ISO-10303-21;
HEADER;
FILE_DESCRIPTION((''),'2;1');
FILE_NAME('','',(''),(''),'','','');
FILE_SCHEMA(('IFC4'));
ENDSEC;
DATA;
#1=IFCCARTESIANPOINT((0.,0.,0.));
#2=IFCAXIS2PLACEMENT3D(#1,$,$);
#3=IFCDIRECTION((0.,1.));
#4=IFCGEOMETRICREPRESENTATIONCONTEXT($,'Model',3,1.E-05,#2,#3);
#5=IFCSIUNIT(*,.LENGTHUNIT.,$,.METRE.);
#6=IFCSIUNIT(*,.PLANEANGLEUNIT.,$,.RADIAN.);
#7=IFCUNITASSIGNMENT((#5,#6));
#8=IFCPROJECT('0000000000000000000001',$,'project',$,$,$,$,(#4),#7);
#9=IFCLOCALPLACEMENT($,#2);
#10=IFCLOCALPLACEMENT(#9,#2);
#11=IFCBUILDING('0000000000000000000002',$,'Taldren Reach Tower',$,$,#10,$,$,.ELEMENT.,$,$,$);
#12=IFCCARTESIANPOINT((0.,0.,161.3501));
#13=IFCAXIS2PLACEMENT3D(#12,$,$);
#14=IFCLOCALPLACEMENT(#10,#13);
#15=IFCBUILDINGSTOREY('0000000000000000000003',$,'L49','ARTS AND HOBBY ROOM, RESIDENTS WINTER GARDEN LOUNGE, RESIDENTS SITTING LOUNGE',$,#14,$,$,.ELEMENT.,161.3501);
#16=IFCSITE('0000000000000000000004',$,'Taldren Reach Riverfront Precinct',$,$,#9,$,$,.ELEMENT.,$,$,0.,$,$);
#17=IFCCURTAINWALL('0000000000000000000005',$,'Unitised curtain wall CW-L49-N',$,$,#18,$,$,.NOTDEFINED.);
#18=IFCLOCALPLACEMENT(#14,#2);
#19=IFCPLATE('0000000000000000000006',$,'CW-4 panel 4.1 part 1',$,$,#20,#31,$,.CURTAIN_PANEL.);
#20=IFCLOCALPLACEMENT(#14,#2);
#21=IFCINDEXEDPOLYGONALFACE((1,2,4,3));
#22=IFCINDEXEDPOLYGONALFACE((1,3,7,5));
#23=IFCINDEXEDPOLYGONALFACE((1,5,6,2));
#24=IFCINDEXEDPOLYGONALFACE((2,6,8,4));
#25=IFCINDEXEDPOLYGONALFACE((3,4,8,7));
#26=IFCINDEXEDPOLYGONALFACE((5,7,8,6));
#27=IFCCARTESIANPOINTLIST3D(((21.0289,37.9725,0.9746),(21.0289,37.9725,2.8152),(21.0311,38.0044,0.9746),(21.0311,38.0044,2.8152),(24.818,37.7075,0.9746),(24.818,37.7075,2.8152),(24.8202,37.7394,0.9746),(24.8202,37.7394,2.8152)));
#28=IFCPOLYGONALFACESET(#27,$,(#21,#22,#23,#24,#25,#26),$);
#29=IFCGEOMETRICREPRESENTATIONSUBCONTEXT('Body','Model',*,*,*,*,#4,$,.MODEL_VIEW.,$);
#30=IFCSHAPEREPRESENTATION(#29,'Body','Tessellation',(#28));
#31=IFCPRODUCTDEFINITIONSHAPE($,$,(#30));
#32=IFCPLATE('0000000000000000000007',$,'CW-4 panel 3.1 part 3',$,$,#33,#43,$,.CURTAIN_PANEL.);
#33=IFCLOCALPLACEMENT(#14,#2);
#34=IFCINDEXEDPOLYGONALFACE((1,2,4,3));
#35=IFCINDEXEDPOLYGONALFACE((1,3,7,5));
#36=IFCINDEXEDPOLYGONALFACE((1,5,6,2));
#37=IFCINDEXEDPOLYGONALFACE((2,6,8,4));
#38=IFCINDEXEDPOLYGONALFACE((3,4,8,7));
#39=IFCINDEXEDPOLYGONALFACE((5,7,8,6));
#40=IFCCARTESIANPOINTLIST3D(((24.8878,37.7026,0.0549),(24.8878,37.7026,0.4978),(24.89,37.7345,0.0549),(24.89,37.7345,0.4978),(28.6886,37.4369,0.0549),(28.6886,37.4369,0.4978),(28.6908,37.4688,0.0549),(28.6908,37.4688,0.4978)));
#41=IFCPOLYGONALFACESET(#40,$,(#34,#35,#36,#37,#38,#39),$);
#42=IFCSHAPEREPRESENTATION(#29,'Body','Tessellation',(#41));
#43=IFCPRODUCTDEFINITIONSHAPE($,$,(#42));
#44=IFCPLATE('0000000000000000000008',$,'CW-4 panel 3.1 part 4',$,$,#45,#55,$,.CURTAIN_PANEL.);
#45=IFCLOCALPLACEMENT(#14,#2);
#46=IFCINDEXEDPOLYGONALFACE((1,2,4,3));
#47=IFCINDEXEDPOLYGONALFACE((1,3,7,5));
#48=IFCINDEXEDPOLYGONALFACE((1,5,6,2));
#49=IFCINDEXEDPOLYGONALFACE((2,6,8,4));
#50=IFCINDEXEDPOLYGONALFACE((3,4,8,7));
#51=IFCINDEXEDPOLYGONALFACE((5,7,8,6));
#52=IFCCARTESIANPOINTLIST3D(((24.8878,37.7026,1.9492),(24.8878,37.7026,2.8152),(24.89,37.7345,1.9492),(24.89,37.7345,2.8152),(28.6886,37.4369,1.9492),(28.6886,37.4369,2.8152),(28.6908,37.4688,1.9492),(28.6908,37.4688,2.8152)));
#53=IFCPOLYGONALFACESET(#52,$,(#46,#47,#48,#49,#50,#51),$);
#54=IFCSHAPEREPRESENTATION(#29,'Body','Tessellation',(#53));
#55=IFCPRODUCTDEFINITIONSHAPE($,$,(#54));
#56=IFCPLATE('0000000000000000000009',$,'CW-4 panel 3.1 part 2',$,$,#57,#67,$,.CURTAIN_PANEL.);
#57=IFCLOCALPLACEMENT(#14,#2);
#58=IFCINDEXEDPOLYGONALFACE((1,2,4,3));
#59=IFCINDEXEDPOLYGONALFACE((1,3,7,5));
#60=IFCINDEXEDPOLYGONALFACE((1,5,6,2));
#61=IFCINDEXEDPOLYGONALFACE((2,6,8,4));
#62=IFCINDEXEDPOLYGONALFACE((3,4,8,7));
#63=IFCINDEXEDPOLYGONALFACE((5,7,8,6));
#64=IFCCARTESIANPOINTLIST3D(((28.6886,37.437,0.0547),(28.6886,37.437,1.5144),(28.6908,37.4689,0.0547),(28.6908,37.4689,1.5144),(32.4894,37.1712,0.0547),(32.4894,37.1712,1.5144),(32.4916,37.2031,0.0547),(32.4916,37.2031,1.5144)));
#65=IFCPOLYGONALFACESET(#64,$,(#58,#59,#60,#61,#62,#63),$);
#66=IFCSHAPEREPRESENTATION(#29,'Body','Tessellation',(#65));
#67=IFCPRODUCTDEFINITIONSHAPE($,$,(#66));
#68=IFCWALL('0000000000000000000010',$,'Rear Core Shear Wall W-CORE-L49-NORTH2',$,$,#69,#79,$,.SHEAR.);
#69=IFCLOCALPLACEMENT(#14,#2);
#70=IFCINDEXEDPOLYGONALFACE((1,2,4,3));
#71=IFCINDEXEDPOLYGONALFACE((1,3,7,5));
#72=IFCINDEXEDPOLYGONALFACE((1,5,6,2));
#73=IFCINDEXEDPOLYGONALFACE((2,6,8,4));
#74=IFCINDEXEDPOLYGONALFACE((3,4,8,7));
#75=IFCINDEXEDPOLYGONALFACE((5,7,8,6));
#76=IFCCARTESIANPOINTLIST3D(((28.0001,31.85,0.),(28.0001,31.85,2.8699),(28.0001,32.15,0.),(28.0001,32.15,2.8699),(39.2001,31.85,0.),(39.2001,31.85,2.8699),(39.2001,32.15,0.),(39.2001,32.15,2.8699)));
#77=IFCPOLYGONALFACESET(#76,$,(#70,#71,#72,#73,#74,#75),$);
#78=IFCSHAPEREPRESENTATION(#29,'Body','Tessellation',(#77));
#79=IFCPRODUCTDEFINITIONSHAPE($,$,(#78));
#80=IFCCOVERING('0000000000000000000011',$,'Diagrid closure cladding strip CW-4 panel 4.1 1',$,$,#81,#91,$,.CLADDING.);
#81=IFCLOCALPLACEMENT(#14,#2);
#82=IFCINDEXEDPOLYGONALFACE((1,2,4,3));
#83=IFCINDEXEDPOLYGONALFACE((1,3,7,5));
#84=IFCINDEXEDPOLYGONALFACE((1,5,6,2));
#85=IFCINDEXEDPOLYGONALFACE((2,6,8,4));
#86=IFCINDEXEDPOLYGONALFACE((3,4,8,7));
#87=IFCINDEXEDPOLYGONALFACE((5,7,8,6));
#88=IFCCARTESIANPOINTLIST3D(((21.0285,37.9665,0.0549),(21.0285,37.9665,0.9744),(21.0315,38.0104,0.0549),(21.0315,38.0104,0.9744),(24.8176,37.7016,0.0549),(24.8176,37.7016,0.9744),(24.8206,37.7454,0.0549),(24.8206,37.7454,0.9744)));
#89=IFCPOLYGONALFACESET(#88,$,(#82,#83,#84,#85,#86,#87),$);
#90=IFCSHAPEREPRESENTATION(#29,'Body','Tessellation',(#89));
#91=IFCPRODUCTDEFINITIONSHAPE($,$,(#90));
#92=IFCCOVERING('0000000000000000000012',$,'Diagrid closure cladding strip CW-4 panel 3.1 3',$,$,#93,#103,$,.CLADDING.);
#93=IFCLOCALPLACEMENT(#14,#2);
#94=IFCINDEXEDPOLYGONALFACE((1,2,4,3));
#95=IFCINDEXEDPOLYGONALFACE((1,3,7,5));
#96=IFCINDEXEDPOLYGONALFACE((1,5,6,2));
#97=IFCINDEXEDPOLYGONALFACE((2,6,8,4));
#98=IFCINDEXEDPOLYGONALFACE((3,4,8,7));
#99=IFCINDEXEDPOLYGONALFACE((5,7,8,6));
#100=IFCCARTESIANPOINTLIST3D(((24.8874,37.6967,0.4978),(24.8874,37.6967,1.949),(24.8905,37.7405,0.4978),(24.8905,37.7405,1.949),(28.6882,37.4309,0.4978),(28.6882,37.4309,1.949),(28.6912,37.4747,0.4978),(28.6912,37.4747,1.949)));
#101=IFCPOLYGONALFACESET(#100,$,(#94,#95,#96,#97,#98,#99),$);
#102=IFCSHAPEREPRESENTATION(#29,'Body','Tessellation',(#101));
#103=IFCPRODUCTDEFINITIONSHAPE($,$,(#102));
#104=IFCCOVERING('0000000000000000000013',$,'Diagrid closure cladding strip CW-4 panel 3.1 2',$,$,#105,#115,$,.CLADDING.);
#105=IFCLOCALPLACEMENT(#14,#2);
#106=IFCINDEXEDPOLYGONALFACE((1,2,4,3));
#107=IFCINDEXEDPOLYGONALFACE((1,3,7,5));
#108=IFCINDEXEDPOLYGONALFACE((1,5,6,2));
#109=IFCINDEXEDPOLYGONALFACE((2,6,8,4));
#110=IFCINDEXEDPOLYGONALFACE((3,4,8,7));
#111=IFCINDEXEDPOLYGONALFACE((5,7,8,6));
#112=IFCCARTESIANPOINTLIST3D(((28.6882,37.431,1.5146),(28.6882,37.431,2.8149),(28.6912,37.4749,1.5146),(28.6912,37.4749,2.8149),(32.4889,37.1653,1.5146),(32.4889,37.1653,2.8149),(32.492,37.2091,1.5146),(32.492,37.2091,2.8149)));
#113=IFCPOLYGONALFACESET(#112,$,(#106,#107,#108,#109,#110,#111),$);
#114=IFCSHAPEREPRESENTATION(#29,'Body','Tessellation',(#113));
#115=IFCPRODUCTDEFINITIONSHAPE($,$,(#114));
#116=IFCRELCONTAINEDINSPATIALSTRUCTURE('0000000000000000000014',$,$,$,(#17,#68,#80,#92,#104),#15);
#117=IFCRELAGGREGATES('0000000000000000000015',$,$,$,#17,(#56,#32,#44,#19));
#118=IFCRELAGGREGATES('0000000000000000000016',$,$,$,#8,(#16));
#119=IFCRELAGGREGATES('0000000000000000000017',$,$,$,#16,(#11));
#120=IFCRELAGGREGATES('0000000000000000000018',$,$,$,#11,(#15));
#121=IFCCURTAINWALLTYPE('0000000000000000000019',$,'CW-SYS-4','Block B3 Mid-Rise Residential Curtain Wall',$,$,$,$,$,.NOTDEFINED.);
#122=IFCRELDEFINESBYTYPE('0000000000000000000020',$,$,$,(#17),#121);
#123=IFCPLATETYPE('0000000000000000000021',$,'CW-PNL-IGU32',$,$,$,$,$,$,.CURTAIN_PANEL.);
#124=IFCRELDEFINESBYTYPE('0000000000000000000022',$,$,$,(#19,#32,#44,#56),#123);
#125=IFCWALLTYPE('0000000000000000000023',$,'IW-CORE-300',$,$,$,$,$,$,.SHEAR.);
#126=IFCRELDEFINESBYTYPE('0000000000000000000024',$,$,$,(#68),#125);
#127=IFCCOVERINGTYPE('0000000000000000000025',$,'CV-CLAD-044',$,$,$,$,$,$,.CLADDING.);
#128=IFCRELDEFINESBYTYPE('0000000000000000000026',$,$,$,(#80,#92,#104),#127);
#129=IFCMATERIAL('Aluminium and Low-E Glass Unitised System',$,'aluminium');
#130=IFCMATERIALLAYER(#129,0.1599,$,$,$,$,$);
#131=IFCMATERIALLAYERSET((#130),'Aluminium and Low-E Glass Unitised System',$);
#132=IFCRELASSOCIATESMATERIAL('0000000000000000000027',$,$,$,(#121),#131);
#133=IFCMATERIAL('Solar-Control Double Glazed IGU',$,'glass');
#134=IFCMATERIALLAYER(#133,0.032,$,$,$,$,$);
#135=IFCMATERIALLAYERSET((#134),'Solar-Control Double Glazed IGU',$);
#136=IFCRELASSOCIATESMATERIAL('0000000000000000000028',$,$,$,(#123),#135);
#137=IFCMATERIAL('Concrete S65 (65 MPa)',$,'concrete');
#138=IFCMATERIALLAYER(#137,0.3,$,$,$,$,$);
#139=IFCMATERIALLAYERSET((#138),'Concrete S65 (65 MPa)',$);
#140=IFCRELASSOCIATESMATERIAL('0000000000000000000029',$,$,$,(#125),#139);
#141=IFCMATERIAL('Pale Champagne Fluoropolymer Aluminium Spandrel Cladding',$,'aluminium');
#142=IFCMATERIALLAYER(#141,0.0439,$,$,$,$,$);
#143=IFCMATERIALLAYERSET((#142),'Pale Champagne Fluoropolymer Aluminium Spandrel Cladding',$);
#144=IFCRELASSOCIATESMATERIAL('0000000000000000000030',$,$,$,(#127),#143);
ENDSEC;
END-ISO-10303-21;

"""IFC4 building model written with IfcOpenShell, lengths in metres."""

from ifc_helpers import new_model, si_unit, direction, frame, frame_2d, origin, origin_2d, place, context, subcontext, project, spatial, rectangle, extrude, source, transform, mapped, material, layer, layer_set, type_object, element, aggregate, save


model = new_model("IFC4")

# Units and contexts
model_context = context("Model", 3, precision=1e-05, world=origin(), true_north=direction((0.0, 1.0)))
body_context = subcontext(model_context, "Body", "Model", "MODEL_VIEW")
ifc_project = project(units=[si_unit("LENGTHUNIT", "METRE"), si_unit("PLANEANGLEUNIT", "RADIAN")], contexts=[model_context])

# Site, building, storey
site_placement = place(None, origin())
site = spatial("IfcSite", under=ifc_project, at=site_placement, Name="Taldren Reach Riverfront Precinct", CompositionType="ELEMENT", RefElevation=0.0)
building_placement = place(site_placement, origin())
building = spatial("IfcBuilding", under=site, at=building_placement, Name="Taldren Reach Tower", CompositionType="ELEMENT")
storey_placement = place(building_placement, frame((0.0, 0.0, 161.3501)))
storey = spatial("IfcBuildingStorey", under=building, at=storey_placement, Name="L49", Description="ARTS AND HOBBY ROOM, RESIDENTS WINTER GARDEN LOUNGE, RESIDENTS SITTING LOUNGE", CompositionType="ELEMENT", Elevation=161.3501)

# Curtain wall
ifc_material_1 = material(Name="Aluminium and Low-E Glass Unitised System", Category="aluminium")
ifc_layer_1 = layer(ifc_material_1, 0.1599)
ifc_layer_set_1 = layer_set([ifc_layer_1], Name="Aluminium and Low-E Glass Unitised System")
curtain_wall_type = type_object("IfcCurtainWallType", Name="CW-SYS-4", Description="Block B3 Mid-Rise Residential Curtain Wall", PredefinedType="NOTDEFINED", material=ifc_layer_set_1)
curtain_wall_placement = place(storey_placement, origin())
curtain_wall = element("IfcCurtainWall", 1, at=curtain_wall_placement, inside=storey, type_object=curtain_wall_type, Name="Unitised curtain wall CW-L49-N", PredefinedType="NOTDEFINED")

# Plates
ifc_material_2 = material(Name="Solar-Control Double Glazed IGU", Category="glass")
ifc_layer_2 = layer(ifc_material_2, 0.032)
ifc_layer_set_2 = layer_set([ifc_layer_2], Name="Solar-Control Double Glazed IGU")
plate_type_1 = type_object("IfcPlateType", Name="CW-PNL-IGU32", PredefinedType="CURTAIN_PANEL", material=ifc_layer_set_2)
shared_shape_1 = source(origin(), body_context, "Body", "SweptSolid", [
    extrude(rectangle(XDim=3.7983, YDim=0.032, at=origin_2d()), origin(), (0.0, 0.0, 1.0), 1.8406),
])
plate_1_placement = place(storey_placement, frame((22.9246, 37.856, 0.9746), z_axis=(0.0, 0.0, 1.0), x_axis=(-0.997564, 0.069757, 0.0)))
plate_1 = element("IfcPlate", 2, at=plate_1_placement, type_object=plate_type_1, Name="CW-4 panel 4.1 part 1", PredefinedType="CURTAIN_PANEL", context=body_context, shape_type="MappedRepresentation", body=[
    mapped(shared_shape_1, transform((0.0, 0.0, 0.0), scale=1.0)),
])
shared_shape_2 = source(origin(), body_context, "Body", "SweptSolid", [
    extrude(rectangle(XDim=3.8101, YDim=0.032, at=origin_2d()), origin(), (0.0, 0.0, 1.0), 0.4429),
])
plate_2_placement = place(storey_placement, frame((26.7893, 37.5857, 0.0549), z_axis=(0.0, 0.0, 1.0), x_axis=(-0.997564, 0.069757, 0.0)))
plate_2 = element("IfcPlate", 3, at=plate_2_placement, type_object=plate_type_1, Name="CW-4 panel 3.1 part 3", PredefinedType="CURTAIN_PANEL", context=body_context, shape_type="MappedRepresentation", body=[
    mapped(shared_shape_2, transform((0.0, 0.0, 0.0), scale=1.0)),
])
shared_shape_3 = source(origin(), body_context, "Body", "SweptSolid", [
    extrude(rectangle(XDim=3.8101, YDim=0.032, at=origin_2d()), origin(), (0.0, 0.0, 1.0), 0.866),
])
plate_3_placement = place(storey_placement, frame((26.7893, 37.5857, 1.9492), z_axis=(0.0, 0.0, 1.0), x_axis=(-0.997564, 0.069757, 0.0)))
plate_3 = element("IfcPlate", 4, at=plate_3_placement, type_object=plate_type_1, Name="CW-4 panel 3.1 part 4", PredefinedType="CURTAIN_PANEL", context=body_context, shape_type="MappedRepresentation", body=[
    mapped(shared_shape_3, transform((0.0, 0.0, 0.0), scale=1.0)),
])
shared_shape_4 = source(origin(), body_context, "Body", "SweptSolid", [
    extrude(rectangle(XDim=3.8101, YDim=0.032, at=origin_2d()), origin(), (0.0, 0.0, 1.0), 1.4597),
])
plate_4_placement = place(storey_placement, frame((30.5901, 37.3201, 0.0547), z_axis=(0.0, 0.0, 1.0), x_axis=(-0.997564, 0.069757, 0.0)))
plate_4 = element("IfcPlate", 5, at=plate_4_placement, type_object=plate_type_1, Name="CW-4 panel 3.1 part 2", PredefinedType="CURTAIN_PANEL", context=body_context, shape_type="MappedRepresentation", body=[
    mapped(shared_shape_4, transform((0.0, 0.0, 0.0), scale=1.0)),
])
aggregate(curtain_wall, [plate_4, plate_2, plate_3, plate_1])

# Wall
ifc_material_3 = material(Name="Concrete S65 (65 MPa)", Category="concrete")
ifc_layer_3 = layer(ifc_material_3, 0.3)
ifc_layer_set_3 = layer_set([ifc_layer_3], Name="Concrete S65 (65 MPa)")
wall_type = type_object("IfcWallType", Name="IW-CORE-300", PredefinedType="SHEAR", material=ifc_layer_set_3)
shared_shape_5 = source(origin(), body_context, "Body", "SweptSolid", [
    extrude(rectangle(XDim=11.2, YDim=0.3, at=frame_2d((5.6001, 0.0))), origin(), (0.0, 0.0, 1.0), 2.8699),
])
wall_placement = place(storey_placement, frame((28.0, 32.0, 0.0), z_axis=(0.0, 0.0, 1.0), x_axis=(1.0, 0.0, 0.0)))
element("IfcWall", 6, at=wall_placement, inside=storey, type_object=wall_type, Name="Rear Core Shear Wall W-CORE-L49-NORTH2", PredefinedType="SHEAR", context=body_context, shape_type="MappedRepresentation", body=[
    mapped(shared_shape_5, transform((0.0, 0.0, 0.0), scale=1.0)),
])

# Coverings
ifc_material_4 = material(Name="Pale Champagne Fluoropolymer Aluminium Spandrel Cladding", Category="aluminium")
ifc_layer_4 = layer(ifc_material_4, 0.0439)
ifc_layer_set_4 = layer_set([ifc_layer_4], Name="Pale Champagne Fluoropolymer Aluminium Spandrel Cladding")
covering_type = type_object("IfcCoveringType", Name="CV-CLAD-044", PredefinedType="CLADDING", material=ifc_layer_set_4)
shared_shape_6 = source(origin(), body_context, "Body", "SweptSolid", [
    extrude(rectangle(XDim=3.7983, YDim=0.0439, at=origin_2d()), origin(), (0.0, 0.0, 1.0), 0.9194),
])
covering_1_placement = place(storey_placement, frame((22.9246, 37.856, 0.0549), z_axis=(0.0, 0.0, 1.0), x_axis=(-0.997564, 0.069757, 0.0)))
element("IfcCovering", 7, at=covering_1_placement, inside=storey, type_object=covering_type, Name="Diagrid closure cladding strip CW-4 panel 4.1 1", PredefinedType="CLADDING", context=body_context, shape_type="MappedRepresentation", body=[
    mapped(shared_shape_6, transform((0.0, 0.0, 0.0), scale=1.0)),
])
shared_shape_7 = source(origin(), body_context, "Body", "SweptSolid", [
    extrude(rectangle(XDim=3.8101, YDim=0.0439, at=origin_2d()), origin(), (0.0, 0.0, 1.0), 1.4512),
])
covering_2_placement = place(storey_placement, frame((26.7893, 37.5857, 0.4978), z_axis=(0.0, 0.0, 1.0), x_axis=(-0.997564, 0.069757, 0.0)))
element("IfcCovering", 8, at=covering_2_placement, inside=storey, type_object=covering_type, Name="Diagrid closure cladding strip CW-4 panel 3.1 3", PredefinedType="CLADDING", context=body_context, shape_type="MappedRepresentation", body=[
    mapped(shared_shape_7, transform((0.0, 0.0, 0.0), scale=1.0)),
])
shared_shape_8 = source(origin(), body_context, "Body", "SweptSolid", [
    extrude(rectangle(XDim=3.8101, YDim=0.0439, at=origin_2d()), origin(), (0.0, 0.0, 1.0), 1.3003),
])
covering_3_placement = place(storey_placement, frame((30.5901, 37.3201, 1.5146), z_axis=(0.0, 0.0, 1.0), x_axis=(-0.997564, 0.069757, 0.0)))
element("IfcCovering", 9, at=covering_3_placement, inside=storey, type_object=covering_type, Name="Diagrid closure cladding strip CW-4 panel 3.1 2", PredefinedType="CLADDING", context=body_context, shape_type="MappedRepresentation", body=[
    mapped(shared_shape_8, transform((0.0, 0.0, 0.0), scale=1.0)),
])

save(model, "model.ifc")
